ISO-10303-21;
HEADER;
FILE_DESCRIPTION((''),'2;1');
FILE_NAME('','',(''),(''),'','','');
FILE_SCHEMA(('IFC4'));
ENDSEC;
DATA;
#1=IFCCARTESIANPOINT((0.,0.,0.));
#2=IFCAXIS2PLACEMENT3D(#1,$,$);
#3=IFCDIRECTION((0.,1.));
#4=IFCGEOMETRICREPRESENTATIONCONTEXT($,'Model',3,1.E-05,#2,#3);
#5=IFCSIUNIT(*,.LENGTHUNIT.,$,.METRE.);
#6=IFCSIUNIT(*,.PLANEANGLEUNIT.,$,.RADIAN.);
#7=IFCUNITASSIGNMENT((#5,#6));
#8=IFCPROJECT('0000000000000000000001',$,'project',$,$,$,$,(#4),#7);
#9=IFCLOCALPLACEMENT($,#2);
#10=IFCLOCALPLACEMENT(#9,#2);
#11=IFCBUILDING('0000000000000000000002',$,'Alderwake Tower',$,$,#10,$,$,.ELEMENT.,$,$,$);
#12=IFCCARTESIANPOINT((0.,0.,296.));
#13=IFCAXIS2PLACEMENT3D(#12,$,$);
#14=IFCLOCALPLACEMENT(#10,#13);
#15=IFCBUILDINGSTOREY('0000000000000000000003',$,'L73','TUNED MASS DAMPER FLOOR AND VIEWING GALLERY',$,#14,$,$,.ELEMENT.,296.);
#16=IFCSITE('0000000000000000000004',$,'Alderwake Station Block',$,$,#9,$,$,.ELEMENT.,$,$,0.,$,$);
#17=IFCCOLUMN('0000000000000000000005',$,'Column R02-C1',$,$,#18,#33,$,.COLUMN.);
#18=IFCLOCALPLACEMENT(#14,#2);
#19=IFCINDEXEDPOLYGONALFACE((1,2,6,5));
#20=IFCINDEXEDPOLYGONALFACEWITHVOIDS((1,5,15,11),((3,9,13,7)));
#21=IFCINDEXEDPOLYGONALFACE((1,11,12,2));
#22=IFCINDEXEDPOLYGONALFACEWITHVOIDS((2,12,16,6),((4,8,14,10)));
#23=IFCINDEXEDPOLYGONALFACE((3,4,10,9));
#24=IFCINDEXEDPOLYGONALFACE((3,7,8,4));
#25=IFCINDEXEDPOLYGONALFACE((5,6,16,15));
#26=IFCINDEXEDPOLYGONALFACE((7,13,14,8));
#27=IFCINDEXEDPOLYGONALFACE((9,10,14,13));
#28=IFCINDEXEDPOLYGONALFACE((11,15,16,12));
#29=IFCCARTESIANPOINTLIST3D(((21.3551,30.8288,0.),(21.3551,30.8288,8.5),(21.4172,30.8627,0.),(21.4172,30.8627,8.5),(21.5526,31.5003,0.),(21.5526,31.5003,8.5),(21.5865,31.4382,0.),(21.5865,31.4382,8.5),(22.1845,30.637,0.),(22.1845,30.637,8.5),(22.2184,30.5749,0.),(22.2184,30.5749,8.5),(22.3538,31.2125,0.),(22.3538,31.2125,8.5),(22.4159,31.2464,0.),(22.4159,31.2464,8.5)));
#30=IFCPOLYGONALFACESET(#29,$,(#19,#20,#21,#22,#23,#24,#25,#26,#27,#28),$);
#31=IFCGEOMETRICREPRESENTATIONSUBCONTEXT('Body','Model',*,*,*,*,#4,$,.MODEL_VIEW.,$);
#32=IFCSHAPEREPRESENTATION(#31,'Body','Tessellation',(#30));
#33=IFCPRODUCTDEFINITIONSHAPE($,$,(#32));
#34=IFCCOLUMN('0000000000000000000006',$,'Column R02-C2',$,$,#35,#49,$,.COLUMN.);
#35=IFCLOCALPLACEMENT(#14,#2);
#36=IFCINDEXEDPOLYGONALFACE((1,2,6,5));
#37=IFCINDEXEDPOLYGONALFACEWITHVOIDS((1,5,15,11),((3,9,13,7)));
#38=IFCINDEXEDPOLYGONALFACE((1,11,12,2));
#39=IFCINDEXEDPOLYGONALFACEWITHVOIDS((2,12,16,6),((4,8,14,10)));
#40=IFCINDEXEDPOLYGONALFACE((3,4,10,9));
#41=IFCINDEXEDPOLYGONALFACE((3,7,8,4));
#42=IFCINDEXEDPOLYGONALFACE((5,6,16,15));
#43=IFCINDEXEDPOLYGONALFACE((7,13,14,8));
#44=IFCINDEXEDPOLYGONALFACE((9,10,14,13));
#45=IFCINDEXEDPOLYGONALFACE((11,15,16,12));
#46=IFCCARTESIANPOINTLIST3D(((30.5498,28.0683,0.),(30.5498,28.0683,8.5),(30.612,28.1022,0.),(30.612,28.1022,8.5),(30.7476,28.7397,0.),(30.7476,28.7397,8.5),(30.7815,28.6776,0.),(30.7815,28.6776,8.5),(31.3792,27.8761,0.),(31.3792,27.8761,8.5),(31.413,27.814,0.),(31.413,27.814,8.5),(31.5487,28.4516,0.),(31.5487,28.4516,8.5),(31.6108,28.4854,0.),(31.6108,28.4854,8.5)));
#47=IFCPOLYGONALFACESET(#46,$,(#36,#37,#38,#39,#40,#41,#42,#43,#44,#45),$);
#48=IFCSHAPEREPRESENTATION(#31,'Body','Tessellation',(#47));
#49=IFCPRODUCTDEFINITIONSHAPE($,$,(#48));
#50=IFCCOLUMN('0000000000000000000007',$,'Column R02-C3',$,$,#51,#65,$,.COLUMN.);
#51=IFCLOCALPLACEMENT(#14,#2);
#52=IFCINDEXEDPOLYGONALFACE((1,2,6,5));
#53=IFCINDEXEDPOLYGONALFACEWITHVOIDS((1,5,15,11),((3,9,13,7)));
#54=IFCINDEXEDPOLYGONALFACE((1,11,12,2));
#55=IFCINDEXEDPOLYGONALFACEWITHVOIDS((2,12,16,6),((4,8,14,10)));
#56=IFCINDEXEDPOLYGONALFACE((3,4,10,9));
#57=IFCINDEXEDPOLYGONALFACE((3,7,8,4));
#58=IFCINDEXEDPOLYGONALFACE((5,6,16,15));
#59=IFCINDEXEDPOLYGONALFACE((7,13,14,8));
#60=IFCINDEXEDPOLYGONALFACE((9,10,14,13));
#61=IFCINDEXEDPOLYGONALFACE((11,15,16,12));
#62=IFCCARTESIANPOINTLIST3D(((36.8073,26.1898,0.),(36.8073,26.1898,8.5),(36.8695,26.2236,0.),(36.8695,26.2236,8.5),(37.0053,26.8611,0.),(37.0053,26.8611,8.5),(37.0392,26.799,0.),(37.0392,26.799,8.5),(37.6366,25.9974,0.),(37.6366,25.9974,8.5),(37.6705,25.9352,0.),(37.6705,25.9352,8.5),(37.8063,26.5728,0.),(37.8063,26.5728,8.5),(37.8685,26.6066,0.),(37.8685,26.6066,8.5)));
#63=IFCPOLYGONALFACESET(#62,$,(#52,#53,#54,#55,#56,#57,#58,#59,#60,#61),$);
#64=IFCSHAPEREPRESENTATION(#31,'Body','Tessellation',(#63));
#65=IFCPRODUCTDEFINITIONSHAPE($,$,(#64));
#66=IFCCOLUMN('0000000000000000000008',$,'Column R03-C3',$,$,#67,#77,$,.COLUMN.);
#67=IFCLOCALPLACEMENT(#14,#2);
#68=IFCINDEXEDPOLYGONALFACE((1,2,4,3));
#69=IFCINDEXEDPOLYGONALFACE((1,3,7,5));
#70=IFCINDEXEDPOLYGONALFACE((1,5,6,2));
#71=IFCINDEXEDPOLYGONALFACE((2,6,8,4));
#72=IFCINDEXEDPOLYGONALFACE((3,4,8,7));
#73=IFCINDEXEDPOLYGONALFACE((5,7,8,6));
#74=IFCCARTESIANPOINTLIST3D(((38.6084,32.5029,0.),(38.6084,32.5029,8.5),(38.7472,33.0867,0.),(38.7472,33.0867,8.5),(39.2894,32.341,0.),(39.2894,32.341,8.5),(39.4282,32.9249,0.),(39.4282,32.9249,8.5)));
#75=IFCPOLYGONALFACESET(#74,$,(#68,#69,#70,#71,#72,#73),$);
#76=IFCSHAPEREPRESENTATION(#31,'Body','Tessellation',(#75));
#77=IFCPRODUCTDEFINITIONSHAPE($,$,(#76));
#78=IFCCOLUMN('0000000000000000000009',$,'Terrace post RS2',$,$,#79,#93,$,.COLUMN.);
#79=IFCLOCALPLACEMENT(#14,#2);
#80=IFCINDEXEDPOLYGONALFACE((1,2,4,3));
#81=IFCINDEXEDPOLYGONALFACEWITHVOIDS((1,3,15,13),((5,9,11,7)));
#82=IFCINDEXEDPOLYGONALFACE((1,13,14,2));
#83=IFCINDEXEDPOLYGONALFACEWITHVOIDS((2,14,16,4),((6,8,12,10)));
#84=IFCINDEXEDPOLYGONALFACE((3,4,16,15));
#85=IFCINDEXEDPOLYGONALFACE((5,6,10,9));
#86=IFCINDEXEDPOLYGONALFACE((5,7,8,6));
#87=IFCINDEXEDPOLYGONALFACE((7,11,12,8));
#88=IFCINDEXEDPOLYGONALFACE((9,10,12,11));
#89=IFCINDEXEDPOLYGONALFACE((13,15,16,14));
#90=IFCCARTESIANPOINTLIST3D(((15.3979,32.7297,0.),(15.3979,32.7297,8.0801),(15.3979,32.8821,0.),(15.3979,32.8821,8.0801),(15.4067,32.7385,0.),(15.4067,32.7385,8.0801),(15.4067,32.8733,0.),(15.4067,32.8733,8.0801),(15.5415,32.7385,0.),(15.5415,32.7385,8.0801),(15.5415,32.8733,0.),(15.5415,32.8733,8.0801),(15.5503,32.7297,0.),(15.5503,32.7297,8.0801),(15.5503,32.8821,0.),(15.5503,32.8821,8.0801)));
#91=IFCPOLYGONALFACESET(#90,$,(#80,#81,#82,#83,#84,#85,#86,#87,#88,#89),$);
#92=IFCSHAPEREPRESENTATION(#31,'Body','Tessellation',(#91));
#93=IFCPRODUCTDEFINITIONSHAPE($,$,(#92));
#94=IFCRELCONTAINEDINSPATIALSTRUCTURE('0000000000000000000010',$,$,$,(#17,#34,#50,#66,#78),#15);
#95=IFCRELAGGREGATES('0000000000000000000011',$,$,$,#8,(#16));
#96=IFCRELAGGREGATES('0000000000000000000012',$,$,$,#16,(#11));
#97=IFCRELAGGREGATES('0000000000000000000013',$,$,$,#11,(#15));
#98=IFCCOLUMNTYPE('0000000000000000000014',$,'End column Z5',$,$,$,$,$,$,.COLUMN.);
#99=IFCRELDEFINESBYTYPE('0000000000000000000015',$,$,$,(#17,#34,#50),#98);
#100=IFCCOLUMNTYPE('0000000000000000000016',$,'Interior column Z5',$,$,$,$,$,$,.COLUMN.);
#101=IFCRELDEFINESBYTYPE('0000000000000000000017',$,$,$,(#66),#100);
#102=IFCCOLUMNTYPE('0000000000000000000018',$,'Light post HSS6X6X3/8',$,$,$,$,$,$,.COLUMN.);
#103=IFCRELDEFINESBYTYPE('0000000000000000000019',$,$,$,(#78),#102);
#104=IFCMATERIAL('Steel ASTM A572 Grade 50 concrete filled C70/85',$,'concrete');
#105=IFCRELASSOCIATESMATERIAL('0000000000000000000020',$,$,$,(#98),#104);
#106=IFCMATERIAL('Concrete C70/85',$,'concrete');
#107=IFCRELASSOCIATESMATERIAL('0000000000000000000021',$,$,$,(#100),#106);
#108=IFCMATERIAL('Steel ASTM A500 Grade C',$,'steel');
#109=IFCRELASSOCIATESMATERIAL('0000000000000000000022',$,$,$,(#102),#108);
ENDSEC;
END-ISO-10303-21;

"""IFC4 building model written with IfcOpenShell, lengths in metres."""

from ifc_helpers import new_model, si_unit, direction, frame, origin, origin_2d, place, context, subcontext, project, spatial, rectangle, hollow_rectangle, extrude, material, material_profile, profile_set, type_object, element, save


model = new_model("IFC4")

# Units and contexts
model_context = context("Model", 3, precision=1e-05, world=origin(), true_north=direction((0.0, 1.0)))
body_context = subcontext(model_context, "Body", "Model", "MODEL_VIEW")
ifc_project = project(units=[si_unit("LENGTHUNIT", "METRE"), si_unit("PLANEANGLEUNIT", "RADIAN")], contexts=[model_context])

# Site, building, storey
site_placement = place(None, origin())
site = spatial("IfcSite", under=ifc_project, at=site_placement, Name="Alderwake Station Block", CompositionType="ELEMENT", RefElevation=0.0)
building_placement = place(site_placement, origin())
building = spatial("IfcBuilding", under=site, at=building_placement, Name="Alderwake Tower", CompositionType="ELEMENT")
storey_placement = place(building_placement, frame((0.0, 0.0, 296.0)))
storey = spatial("IfcBuildingStorey", under=building, at=storey_placement, Name="L73", Description="TUNED MASS DAMPER FLOOR AND VIEWING GALLERY", CompositionType="ELEMENT", Elevation=296.0)

# Columns
ifc_material_1 = material(Name="Steel ASTM A572 Grade 50 concrete filled C70/85", Category="concrete")
ifc_material_profile_1 = material_profile(ifc_material_1, hollow_rectangle(XDim=0.7, YDim=0.8999, WallThickness=0.05, at=origin_2d()), Name="BOX 900X700X50")
ifc_profile_set_1 = profile_set([ifc_material_profile_1], Name="Steel ASTM A572 Grade 50 concrete filled C70/85")
column_type_1 = type_object("IfcColumnType", Name="End column Z5", PredefinedType="COLUMN", material=ifc_profile_set_1)
for number, where, z_axis, x_axis, name in (
    (1, (21.8855, 31.0376, 0.0), (0.0, 0.0, 1.0), (0.282132, 0.959376, 0.0), "Column R02-C1"),
    (2, (31.0803, 28.2769, 0.0), (0.0, 0.0, 1.0), (0.282583, 0.959243, 0.0), "Column R02-C2"),
    (3, (37.3379, 26.3982, 0.0), (0.0, 0.0, 1.0), (0.282847, 0.959165, 0.0), "Column R02-C3"),
):
    element("IfcColumn", number, at=place(storey_placement, frame(where, z_axis=z_axis, x_axis=x_axis)), inside=storey, type_object=column_type_1, Name=name, PredefinedType="COLUMN", context=body_context, shape_type="SweptSolid", body=[
        extrude(hollow_rectangle(XDim=0.7, YDim=0.8999, WallThickness=0.05, at=origin_2d()), origin(), (0.0, 0.0, 1.0), 8.5),
    ])
ifc_material_2 = material(Name="Concrete C70/85", Category="concrete")
ifc_material_profile_2 = material_profile(ifc_material_2, rectangle(XDim=0.6001, YDim=0.7, at=origin_2d()), Name="RC 700X600")
ifc_profile_set_2 = profile_set([ifc_material_profile_2], Name="Concrete C70/85")
column_type_2 = type_object("IfcColumnType", Name="Interior column Z5", PredefinedType="COLUMN", material=ifc_profile_set_2)
column_1_placement = place(storey_placement, frame((39.0183, 32.7139, 0.0), z_axis=(0.0, 0.0, 1.0), x_axis=(0.231222, 0.972901, 0.0)))
element("IfcColumn", 4, at=column_1_placement, inside=storey, type_object=column_type_2, Name="Column R03-C3", PredefinedType="COLUMN", context=body_context, shape_type="SweptSolid", body=[
    extrude(rectangle(XDim=0.6001, YDim=0.7, at=origin_2d()), origin(), (0.0, 0.0, 1.0), 8.5),
])
ifc_material_3 = material(Name="Steel ASTM A500 Grade C", Category="steel")
ifc_material_profile_3 = material_profile(ifc_material_3, hollow_rectangle(XDim=0.1523, YDim=0.1523, WallThickness=0.0088, at=origin_2d()), Name="HSS6X6X3/8")
ifc_profile_set_3 = profile_set([ifc_material_profile_3], Name="Steel ASTM A500 Grade C")
column_type_3 = type_object("IfcColumnType", Name="Light post HSS6X6X3/8", PredefinedType="COLUMN", material=ifc_profile_set_3)
column_2_placement = place(storey_placement, frame((15.4741, 32.8059, 0.0), z_axis=(0.0, 0.0, 1.0), x_axis=(1.0, 0.0, 0.0)))
element("IfcColumn", 5, at=column_2_placement, inside=storey, type_object=column_type_3, Name="Terrace post RS2", PredefinedType="COLUMN", context=body_context, shape_type="SweptSolid", body=[
    extrude(hollow_rectangle(XDim=0.1523, YDim=0.1523, WallThickness=0.0088, at=origin_2d()), origin(), (0.0, 0.0, 1.0), 8.0801),
])

save(model, "model.ifc")
